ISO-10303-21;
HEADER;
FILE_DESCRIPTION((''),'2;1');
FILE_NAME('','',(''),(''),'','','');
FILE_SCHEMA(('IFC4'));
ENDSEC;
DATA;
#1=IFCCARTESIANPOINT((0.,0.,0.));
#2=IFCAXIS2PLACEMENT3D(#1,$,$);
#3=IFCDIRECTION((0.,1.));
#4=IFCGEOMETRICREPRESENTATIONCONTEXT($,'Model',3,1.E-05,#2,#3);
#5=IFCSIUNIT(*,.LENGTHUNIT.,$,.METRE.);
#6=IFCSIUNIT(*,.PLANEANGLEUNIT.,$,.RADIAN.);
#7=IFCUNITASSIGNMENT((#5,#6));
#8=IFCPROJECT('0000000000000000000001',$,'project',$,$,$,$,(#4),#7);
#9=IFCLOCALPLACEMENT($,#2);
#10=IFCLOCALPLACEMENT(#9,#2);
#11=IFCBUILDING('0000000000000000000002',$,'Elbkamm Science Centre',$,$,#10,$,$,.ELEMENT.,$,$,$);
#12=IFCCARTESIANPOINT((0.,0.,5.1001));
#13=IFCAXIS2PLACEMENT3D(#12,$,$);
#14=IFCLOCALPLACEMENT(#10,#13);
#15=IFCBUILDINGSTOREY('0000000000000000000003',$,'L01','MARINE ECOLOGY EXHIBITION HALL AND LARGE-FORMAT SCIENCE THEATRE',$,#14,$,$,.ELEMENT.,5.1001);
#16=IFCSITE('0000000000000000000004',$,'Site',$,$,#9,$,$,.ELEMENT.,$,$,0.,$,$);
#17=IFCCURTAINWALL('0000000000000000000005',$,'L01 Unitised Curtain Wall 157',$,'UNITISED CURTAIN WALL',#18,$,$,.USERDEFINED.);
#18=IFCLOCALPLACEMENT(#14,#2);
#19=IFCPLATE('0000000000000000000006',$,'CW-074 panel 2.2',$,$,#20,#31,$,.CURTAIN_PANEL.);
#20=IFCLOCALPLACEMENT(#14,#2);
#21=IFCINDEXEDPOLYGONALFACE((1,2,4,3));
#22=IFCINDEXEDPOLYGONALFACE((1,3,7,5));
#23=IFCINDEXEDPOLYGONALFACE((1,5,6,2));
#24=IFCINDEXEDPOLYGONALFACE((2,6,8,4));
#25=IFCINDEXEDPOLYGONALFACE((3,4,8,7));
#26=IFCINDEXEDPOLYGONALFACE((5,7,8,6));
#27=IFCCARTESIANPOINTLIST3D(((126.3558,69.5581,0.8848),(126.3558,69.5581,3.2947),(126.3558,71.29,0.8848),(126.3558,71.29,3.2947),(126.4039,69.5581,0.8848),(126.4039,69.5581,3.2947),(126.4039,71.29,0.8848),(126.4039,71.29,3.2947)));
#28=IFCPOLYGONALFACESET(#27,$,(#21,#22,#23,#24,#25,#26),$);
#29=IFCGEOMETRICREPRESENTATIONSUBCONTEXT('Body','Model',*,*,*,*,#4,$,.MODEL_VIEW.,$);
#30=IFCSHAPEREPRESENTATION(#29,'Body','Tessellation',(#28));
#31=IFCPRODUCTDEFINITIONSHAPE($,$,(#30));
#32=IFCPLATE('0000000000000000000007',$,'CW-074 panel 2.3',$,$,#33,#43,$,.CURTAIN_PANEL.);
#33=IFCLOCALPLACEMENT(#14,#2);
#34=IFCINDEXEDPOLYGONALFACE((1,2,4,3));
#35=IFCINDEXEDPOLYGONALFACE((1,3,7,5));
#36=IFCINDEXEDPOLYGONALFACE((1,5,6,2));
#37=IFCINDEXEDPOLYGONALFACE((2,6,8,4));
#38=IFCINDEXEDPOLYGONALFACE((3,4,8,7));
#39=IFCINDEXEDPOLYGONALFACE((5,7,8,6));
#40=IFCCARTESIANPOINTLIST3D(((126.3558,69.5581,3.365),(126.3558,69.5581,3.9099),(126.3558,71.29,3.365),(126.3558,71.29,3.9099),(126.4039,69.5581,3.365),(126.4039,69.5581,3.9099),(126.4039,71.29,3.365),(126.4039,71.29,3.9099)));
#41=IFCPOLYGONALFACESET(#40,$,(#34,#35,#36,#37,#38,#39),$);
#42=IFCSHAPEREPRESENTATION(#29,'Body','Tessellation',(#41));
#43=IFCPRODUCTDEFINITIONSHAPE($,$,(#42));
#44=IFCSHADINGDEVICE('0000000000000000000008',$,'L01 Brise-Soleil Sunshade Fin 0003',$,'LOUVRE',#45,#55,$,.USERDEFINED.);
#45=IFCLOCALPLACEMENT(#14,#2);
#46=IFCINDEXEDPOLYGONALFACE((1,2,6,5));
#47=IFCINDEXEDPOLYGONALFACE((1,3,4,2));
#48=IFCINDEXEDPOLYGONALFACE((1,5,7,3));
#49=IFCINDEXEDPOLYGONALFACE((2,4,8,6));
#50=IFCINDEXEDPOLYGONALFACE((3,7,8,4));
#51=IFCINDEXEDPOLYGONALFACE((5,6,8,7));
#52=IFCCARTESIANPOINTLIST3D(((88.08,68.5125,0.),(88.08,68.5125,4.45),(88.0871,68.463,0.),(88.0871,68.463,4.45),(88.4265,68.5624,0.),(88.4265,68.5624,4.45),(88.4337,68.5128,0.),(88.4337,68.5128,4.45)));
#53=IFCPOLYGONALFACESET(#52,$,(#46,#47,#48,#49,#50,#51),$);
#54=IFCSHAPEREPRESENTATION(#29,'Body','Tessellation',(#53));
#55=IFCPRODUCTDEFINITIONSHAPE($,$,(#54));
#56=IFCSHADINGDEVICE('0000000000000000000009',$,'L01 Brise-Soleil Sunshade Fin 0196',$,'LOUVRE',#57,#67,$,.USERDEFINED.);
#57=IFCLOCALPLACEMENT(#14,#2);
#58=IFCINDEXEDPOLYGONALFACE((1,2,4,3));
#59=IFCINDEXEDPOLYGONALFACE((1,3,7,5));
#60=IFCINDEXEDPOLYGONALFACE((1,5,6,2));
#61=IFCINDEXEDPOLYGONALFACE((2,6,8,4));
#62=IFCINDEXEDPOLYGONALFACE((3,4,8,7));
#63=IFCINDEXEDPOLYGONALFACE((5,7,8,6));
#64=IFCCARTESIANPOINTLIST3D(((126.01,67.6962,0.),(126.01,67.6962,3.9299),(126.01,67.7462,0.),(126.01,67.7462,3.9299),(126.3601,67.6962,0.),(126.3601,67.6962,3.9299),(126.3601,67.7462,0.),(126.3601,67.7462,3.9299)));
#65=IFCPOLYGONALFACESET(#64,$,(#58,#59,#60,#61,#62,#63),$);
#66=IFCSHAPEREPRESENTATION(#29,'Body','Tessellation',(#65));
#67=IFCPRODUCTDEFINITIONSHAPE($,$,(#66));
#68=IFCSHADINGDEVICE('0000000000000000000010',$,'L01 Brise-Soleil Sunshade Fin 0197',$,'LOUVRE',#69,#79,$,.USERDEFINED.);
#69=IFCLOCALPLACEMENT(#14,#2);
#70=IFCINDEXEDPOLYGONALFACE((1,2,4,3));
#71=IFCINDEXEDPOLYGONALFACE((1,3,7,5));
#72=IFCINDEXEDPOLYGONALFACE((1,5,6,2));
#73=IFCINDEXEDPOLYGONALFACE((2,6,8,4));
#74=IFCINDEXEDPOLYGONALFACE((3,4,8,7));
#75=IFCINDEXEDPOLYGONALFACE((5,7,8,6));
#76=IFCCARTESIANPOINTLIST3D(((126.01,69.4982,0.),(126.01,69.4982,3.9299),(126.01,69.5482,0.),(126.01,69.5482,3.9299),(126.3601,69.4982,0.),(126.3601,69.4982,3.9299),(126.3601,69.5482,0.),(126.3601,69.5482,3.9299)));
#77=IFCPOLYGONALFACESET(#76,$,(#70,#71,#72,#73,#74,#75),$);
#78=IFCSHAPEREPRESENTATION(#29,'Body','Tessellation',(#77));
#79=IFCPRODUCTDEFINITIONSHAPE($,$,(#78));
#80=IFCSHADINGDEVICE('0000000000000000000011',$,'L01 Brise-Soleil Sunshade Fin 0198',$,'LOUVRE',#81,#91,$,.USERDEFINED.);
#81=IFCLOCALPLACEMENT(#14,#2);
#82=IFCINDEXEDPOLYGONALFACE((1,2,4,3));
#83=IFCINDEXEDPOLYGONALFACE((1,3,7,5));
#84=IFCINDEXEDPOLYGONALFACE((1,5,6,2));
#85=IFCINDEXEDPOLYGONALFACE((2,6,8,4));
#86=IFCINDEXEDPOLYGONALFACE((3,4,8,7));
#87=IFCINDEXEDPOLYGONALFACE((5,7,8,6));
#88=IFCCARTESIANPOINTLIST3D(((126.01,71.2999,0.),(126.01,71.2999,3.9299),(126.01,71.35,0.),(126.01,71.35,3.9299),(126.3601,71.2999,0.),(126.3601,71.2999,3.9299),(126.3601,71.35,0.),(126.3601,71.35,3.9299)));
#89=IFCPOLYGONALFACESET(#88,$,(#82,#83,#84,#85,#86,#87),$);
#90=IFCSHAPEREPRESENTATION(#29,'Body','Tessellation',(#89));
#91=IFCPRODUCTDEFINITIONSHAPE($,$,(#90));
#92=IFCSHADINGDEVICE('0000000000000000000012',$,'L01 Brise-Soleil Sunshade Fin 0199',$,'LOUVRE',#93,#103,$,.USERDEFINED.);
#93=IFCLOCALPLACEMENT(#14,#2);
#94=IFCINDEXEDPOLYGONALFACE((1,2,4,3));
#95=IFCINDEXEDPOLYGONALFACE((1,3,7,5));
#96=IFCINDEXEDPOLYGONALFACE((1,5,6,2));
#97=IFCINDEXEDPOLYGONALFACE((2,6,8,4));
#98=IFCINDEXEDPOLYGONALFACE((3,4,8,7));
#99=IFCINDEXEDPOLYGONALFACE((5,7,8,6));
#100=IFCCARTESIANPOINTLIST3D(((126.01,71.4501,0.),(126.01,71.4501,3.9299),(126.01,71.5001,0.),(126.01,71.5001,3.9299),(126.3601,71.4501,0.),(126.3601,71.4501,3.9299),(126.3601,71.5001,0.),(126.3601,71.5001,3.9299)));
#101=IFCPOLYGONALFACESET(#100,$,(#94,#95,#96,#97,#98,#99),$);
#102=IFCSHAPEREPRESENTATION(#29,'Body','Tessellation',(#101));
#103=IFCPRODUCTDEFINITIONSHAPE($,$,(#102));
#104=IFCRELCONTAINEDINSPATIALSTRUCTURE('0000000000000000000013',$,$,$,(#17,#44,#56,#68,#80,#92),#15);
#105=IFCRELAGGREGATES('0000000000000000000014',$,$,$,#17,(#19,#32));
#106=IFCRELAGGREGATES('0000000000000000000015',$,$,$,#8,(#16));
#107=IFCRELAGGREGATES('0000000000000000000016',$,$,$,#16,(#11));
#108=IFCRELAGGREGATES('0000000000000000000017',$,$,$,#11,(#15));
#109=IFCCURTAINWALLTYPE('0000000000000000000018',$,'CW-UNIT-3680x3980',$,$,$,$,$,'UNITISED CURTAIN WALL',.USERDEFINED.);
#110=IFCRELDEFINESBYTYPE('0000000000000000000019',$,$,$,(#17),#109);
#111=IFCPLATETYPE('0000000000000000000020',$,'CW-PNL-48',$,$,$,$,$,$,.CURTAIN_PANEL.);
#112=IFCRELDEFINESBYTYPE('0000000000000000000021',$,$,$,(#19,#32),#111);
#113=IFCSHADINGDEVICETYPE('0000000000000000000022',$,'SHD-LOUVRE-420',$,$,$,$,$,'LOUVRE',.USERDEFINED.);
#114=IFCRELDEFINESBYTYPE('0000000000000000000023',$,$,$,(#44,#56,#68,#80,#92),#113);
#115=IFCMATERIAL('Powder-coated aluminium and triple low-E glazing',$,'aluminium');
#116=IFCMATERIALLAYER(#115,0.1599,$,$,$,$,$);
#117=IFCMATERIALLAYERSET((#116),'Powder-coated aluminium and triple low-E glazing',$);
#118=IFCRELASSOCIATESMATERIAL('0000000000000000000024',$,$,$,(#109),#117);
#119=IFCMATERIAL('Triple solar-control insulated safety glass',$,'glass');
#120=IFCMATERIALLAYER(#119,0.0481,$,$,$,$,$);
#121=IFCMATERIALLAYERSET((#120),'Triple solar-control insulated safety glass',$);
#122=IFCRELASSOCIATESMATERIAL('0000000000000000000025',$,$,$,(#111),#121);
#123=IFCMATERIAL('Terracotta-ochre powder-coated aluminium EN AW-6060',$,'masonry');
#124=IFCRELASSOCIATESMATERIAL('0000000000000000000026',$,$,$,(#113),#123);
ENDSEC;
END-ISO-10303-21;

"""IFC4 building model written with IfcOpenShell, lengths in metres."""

from ifc_helpers import new_model, si_unit, direction, frame, origin, origin_2d, place, context, subcontext, project, spatial, rectangle, extrude, material, layer, layer_set, type_object, element, aggregate, save


model = new_model("IFC4")

# Units and contexts
model_context = context("Model", 3, precision=1e-05, world=origin(), true_north=direction((0.0, 1.0)))
body_context = subcontext(model_context, "Body", "Model", "MODEL_VIEW")
ifc_project = project(units=[si_unit("LENGTHUNIT", "METRE"), si_unit("PLANEANGLEUNIT", "RADIAN")], contexts=[model_context])

# Site, building, storey
site_placement = place(None, origin())
site = spatial("IfcSite", under=ifc_project, at=site_placement, Name="Site", CompositionType="ELEMENT", RefElevation=0.0)
building_placement = place(site_placement, origin())
building = spatial("IfcBuilding", under=site, at=building_placement, Name="Elbkamm Science Centre", CompositionType="ELEMENT")
storey_placement = place(building_placement, frame((0.0, 0.0, 5.1001)))
storey = spatial("IfcBuildingStorey", under=building, at=storey_placement, Name="L01", Description="MARINE ECOLOGY EXHIBITION HALL AND LARGE-FORMAT SCIENCE THEATRE", CompositionType="ELEMENT", Elevation=5.1001)

# Curtain wall
ifc_material_1 = material(Name="Powder-coated aluminium and triple low-E glazing", Category="aluminium")
ifc_layer_1 = layer(ifc_material_1, 0.1599)
ifc_layer_set_1 = layer_set([ifc_layer_1], Name="Powder-coated aluminium and triple low-E glazing")
curtain_wall_type_1 = type_object("IfcCurtainWallType", Name="CW-UNIT-3680x3980", ElementType="UNITISED CURTAIN WALL", PredefinedType="USERDEFINED", material=ifc_layer_set_1)
curtain_wall_1_placement = place(storey_placement, origin())
curtain_wall_1 = element("IfcCurtainWall", 1, at=curtain_wall_1_placement, inside=storey, type_object=curtain_wall_type_1, Name="L01 Unitised Curtain Wall 157", ObjectType="UNITISED CURTAIN WALL", PredefinedType="USERDEFINED")

# Plates
ifc_material_2 = material(Name="Triple solar-control insulated safety glass", Category="glass")
ifc_layer_2 = layer(ifc_material_2, 0.0481)
ifc_layer_set_2 = layer_set([ifc_layer_2], Name="Triple solar-control insulated safety glass")
plate_type = type_object("IfcPlateType", Name="CW-PNL-48", PredefinedType="CURTAIN_PANEL", material=ifc_layer_set_2)
plate_1_placement = place(storey_placement, frame((126.3799, 70.4241, 0.8848), z_axis=(0.0, 0.0, 1.0), x_axis=(0.0, 1.0, 0.0)))
plate_1 = element("IfcPlate", 2, at=plate_1_placement, type_object=plate_type, Name="CW-074 panel 2.2", PredefinedType="CURTAIN_PANEL", context=body_context, shape_type="SweptSolid", body=[
    extrude(rectangle(XDim=1.7319, YDim=0.0481, at=origin_2d()), origin(), (0.0, 0.0, 1.0), 2.4099),
])
plate_2_placement = place(storey_placement, frame((126.3799, 70.4241, 3.365), z_axis=(0.0, 0.0, 1.0), x_axis=(0.0, 1.0, 0.0)))
plate_2 = element("IfcPlate", 3, at=plate_2_placement, type_object=plate_type, Name="CW-074 panel 2.3", PredefinedType="CURTAIN_PANEL", context=body_context, shape_type="SweptSolid", body=[
    extrude(rectangle(XDim=1.7319, YDim=0.0481, at=origin_2d()), origin(), (0.0, 0.0, 1.0), 0.5449),
])
aggregate(curtain_wall_1, [plate_1, plate_2])

# Shading devices
ifc_material_3 = material(Name="Terracotta-ochre powder-coated aluminium EN AW-6060", Category="masonry")
shading_device_type = type_object("IfcShadingDeviceType", Name="SHD-LOUVRE-420", ElementType="LOUVRE", PredefinedType="USERDEFINED", material=ifc_material_3)
shading_device_placement = place(storey_placement, frame((88.2568, 68.5127, 0.0), z_axis=(0.0, 0.0, 1.0), x_axis=(0.989819, 0.142332, 0.0)))
element("IfcShadingDevice", 4, at=shading_device_placement, inside=storey, type_object=shading_device_type, Name="L01 Brise-Soleil Sunshade Fin 0003", ObjectType="LOUVRE", PredefinedType="USERDEFINED", context=body_context, shape_type="SweptSolid", body=[
    extrude(rectangle(XDim=0.3501, YDim=0.05, at=origin_2d()), origin(), (0.0, 0.0, 1.0), 4.45),
])
for number, where, z_axis, x_axis, name in (
    (5, (126.1851, 67.7212, 0.0), (0.0, 0.0, 1.0), (-1.0, 0.0, 0.0), "L01 Brise-Soleil Sunshade Fin 0196"),
    (6, (126.1851, 69.5232, 0.0), (0.0, 0.0, 1.0), (-1.0, 0.0, 0.0), "L01 Brise-Soleil Sunshade Fin 0197"),
    (7, (126.1851, 71.325, 0.0), (0.0, 0.0, 1.0), (-1.0, 0.0, 0.0), "L01 Brise-Soleil Sunshade Fin 0198"),
    (8, (126.1851, 71.4751, 0.0), (0.0, 0.0, 1.0), (-1.0, 0.0, 0.0), "L01 Brise-Soleil Sunshade Fin 0199"),
):
    element("IfcShadingDevice", number, at=place(storey_placement, frame(where, z_axis=z_axis, x_axis=x_axis)), inside=storey, type_object=shading_device_type, Name=name, ObjectType="LOUVRE", PredefinedType="USERDEFINED", context=body_context, shape_type="SweptSolid", body=[
        extrude(rectangle(XDim=0.3501, YDim=0.05, at=origin_2d()), origin(), (0.0, 0.0, 1.0), 3.9299),
    ])

save(model, "model.ifc")
